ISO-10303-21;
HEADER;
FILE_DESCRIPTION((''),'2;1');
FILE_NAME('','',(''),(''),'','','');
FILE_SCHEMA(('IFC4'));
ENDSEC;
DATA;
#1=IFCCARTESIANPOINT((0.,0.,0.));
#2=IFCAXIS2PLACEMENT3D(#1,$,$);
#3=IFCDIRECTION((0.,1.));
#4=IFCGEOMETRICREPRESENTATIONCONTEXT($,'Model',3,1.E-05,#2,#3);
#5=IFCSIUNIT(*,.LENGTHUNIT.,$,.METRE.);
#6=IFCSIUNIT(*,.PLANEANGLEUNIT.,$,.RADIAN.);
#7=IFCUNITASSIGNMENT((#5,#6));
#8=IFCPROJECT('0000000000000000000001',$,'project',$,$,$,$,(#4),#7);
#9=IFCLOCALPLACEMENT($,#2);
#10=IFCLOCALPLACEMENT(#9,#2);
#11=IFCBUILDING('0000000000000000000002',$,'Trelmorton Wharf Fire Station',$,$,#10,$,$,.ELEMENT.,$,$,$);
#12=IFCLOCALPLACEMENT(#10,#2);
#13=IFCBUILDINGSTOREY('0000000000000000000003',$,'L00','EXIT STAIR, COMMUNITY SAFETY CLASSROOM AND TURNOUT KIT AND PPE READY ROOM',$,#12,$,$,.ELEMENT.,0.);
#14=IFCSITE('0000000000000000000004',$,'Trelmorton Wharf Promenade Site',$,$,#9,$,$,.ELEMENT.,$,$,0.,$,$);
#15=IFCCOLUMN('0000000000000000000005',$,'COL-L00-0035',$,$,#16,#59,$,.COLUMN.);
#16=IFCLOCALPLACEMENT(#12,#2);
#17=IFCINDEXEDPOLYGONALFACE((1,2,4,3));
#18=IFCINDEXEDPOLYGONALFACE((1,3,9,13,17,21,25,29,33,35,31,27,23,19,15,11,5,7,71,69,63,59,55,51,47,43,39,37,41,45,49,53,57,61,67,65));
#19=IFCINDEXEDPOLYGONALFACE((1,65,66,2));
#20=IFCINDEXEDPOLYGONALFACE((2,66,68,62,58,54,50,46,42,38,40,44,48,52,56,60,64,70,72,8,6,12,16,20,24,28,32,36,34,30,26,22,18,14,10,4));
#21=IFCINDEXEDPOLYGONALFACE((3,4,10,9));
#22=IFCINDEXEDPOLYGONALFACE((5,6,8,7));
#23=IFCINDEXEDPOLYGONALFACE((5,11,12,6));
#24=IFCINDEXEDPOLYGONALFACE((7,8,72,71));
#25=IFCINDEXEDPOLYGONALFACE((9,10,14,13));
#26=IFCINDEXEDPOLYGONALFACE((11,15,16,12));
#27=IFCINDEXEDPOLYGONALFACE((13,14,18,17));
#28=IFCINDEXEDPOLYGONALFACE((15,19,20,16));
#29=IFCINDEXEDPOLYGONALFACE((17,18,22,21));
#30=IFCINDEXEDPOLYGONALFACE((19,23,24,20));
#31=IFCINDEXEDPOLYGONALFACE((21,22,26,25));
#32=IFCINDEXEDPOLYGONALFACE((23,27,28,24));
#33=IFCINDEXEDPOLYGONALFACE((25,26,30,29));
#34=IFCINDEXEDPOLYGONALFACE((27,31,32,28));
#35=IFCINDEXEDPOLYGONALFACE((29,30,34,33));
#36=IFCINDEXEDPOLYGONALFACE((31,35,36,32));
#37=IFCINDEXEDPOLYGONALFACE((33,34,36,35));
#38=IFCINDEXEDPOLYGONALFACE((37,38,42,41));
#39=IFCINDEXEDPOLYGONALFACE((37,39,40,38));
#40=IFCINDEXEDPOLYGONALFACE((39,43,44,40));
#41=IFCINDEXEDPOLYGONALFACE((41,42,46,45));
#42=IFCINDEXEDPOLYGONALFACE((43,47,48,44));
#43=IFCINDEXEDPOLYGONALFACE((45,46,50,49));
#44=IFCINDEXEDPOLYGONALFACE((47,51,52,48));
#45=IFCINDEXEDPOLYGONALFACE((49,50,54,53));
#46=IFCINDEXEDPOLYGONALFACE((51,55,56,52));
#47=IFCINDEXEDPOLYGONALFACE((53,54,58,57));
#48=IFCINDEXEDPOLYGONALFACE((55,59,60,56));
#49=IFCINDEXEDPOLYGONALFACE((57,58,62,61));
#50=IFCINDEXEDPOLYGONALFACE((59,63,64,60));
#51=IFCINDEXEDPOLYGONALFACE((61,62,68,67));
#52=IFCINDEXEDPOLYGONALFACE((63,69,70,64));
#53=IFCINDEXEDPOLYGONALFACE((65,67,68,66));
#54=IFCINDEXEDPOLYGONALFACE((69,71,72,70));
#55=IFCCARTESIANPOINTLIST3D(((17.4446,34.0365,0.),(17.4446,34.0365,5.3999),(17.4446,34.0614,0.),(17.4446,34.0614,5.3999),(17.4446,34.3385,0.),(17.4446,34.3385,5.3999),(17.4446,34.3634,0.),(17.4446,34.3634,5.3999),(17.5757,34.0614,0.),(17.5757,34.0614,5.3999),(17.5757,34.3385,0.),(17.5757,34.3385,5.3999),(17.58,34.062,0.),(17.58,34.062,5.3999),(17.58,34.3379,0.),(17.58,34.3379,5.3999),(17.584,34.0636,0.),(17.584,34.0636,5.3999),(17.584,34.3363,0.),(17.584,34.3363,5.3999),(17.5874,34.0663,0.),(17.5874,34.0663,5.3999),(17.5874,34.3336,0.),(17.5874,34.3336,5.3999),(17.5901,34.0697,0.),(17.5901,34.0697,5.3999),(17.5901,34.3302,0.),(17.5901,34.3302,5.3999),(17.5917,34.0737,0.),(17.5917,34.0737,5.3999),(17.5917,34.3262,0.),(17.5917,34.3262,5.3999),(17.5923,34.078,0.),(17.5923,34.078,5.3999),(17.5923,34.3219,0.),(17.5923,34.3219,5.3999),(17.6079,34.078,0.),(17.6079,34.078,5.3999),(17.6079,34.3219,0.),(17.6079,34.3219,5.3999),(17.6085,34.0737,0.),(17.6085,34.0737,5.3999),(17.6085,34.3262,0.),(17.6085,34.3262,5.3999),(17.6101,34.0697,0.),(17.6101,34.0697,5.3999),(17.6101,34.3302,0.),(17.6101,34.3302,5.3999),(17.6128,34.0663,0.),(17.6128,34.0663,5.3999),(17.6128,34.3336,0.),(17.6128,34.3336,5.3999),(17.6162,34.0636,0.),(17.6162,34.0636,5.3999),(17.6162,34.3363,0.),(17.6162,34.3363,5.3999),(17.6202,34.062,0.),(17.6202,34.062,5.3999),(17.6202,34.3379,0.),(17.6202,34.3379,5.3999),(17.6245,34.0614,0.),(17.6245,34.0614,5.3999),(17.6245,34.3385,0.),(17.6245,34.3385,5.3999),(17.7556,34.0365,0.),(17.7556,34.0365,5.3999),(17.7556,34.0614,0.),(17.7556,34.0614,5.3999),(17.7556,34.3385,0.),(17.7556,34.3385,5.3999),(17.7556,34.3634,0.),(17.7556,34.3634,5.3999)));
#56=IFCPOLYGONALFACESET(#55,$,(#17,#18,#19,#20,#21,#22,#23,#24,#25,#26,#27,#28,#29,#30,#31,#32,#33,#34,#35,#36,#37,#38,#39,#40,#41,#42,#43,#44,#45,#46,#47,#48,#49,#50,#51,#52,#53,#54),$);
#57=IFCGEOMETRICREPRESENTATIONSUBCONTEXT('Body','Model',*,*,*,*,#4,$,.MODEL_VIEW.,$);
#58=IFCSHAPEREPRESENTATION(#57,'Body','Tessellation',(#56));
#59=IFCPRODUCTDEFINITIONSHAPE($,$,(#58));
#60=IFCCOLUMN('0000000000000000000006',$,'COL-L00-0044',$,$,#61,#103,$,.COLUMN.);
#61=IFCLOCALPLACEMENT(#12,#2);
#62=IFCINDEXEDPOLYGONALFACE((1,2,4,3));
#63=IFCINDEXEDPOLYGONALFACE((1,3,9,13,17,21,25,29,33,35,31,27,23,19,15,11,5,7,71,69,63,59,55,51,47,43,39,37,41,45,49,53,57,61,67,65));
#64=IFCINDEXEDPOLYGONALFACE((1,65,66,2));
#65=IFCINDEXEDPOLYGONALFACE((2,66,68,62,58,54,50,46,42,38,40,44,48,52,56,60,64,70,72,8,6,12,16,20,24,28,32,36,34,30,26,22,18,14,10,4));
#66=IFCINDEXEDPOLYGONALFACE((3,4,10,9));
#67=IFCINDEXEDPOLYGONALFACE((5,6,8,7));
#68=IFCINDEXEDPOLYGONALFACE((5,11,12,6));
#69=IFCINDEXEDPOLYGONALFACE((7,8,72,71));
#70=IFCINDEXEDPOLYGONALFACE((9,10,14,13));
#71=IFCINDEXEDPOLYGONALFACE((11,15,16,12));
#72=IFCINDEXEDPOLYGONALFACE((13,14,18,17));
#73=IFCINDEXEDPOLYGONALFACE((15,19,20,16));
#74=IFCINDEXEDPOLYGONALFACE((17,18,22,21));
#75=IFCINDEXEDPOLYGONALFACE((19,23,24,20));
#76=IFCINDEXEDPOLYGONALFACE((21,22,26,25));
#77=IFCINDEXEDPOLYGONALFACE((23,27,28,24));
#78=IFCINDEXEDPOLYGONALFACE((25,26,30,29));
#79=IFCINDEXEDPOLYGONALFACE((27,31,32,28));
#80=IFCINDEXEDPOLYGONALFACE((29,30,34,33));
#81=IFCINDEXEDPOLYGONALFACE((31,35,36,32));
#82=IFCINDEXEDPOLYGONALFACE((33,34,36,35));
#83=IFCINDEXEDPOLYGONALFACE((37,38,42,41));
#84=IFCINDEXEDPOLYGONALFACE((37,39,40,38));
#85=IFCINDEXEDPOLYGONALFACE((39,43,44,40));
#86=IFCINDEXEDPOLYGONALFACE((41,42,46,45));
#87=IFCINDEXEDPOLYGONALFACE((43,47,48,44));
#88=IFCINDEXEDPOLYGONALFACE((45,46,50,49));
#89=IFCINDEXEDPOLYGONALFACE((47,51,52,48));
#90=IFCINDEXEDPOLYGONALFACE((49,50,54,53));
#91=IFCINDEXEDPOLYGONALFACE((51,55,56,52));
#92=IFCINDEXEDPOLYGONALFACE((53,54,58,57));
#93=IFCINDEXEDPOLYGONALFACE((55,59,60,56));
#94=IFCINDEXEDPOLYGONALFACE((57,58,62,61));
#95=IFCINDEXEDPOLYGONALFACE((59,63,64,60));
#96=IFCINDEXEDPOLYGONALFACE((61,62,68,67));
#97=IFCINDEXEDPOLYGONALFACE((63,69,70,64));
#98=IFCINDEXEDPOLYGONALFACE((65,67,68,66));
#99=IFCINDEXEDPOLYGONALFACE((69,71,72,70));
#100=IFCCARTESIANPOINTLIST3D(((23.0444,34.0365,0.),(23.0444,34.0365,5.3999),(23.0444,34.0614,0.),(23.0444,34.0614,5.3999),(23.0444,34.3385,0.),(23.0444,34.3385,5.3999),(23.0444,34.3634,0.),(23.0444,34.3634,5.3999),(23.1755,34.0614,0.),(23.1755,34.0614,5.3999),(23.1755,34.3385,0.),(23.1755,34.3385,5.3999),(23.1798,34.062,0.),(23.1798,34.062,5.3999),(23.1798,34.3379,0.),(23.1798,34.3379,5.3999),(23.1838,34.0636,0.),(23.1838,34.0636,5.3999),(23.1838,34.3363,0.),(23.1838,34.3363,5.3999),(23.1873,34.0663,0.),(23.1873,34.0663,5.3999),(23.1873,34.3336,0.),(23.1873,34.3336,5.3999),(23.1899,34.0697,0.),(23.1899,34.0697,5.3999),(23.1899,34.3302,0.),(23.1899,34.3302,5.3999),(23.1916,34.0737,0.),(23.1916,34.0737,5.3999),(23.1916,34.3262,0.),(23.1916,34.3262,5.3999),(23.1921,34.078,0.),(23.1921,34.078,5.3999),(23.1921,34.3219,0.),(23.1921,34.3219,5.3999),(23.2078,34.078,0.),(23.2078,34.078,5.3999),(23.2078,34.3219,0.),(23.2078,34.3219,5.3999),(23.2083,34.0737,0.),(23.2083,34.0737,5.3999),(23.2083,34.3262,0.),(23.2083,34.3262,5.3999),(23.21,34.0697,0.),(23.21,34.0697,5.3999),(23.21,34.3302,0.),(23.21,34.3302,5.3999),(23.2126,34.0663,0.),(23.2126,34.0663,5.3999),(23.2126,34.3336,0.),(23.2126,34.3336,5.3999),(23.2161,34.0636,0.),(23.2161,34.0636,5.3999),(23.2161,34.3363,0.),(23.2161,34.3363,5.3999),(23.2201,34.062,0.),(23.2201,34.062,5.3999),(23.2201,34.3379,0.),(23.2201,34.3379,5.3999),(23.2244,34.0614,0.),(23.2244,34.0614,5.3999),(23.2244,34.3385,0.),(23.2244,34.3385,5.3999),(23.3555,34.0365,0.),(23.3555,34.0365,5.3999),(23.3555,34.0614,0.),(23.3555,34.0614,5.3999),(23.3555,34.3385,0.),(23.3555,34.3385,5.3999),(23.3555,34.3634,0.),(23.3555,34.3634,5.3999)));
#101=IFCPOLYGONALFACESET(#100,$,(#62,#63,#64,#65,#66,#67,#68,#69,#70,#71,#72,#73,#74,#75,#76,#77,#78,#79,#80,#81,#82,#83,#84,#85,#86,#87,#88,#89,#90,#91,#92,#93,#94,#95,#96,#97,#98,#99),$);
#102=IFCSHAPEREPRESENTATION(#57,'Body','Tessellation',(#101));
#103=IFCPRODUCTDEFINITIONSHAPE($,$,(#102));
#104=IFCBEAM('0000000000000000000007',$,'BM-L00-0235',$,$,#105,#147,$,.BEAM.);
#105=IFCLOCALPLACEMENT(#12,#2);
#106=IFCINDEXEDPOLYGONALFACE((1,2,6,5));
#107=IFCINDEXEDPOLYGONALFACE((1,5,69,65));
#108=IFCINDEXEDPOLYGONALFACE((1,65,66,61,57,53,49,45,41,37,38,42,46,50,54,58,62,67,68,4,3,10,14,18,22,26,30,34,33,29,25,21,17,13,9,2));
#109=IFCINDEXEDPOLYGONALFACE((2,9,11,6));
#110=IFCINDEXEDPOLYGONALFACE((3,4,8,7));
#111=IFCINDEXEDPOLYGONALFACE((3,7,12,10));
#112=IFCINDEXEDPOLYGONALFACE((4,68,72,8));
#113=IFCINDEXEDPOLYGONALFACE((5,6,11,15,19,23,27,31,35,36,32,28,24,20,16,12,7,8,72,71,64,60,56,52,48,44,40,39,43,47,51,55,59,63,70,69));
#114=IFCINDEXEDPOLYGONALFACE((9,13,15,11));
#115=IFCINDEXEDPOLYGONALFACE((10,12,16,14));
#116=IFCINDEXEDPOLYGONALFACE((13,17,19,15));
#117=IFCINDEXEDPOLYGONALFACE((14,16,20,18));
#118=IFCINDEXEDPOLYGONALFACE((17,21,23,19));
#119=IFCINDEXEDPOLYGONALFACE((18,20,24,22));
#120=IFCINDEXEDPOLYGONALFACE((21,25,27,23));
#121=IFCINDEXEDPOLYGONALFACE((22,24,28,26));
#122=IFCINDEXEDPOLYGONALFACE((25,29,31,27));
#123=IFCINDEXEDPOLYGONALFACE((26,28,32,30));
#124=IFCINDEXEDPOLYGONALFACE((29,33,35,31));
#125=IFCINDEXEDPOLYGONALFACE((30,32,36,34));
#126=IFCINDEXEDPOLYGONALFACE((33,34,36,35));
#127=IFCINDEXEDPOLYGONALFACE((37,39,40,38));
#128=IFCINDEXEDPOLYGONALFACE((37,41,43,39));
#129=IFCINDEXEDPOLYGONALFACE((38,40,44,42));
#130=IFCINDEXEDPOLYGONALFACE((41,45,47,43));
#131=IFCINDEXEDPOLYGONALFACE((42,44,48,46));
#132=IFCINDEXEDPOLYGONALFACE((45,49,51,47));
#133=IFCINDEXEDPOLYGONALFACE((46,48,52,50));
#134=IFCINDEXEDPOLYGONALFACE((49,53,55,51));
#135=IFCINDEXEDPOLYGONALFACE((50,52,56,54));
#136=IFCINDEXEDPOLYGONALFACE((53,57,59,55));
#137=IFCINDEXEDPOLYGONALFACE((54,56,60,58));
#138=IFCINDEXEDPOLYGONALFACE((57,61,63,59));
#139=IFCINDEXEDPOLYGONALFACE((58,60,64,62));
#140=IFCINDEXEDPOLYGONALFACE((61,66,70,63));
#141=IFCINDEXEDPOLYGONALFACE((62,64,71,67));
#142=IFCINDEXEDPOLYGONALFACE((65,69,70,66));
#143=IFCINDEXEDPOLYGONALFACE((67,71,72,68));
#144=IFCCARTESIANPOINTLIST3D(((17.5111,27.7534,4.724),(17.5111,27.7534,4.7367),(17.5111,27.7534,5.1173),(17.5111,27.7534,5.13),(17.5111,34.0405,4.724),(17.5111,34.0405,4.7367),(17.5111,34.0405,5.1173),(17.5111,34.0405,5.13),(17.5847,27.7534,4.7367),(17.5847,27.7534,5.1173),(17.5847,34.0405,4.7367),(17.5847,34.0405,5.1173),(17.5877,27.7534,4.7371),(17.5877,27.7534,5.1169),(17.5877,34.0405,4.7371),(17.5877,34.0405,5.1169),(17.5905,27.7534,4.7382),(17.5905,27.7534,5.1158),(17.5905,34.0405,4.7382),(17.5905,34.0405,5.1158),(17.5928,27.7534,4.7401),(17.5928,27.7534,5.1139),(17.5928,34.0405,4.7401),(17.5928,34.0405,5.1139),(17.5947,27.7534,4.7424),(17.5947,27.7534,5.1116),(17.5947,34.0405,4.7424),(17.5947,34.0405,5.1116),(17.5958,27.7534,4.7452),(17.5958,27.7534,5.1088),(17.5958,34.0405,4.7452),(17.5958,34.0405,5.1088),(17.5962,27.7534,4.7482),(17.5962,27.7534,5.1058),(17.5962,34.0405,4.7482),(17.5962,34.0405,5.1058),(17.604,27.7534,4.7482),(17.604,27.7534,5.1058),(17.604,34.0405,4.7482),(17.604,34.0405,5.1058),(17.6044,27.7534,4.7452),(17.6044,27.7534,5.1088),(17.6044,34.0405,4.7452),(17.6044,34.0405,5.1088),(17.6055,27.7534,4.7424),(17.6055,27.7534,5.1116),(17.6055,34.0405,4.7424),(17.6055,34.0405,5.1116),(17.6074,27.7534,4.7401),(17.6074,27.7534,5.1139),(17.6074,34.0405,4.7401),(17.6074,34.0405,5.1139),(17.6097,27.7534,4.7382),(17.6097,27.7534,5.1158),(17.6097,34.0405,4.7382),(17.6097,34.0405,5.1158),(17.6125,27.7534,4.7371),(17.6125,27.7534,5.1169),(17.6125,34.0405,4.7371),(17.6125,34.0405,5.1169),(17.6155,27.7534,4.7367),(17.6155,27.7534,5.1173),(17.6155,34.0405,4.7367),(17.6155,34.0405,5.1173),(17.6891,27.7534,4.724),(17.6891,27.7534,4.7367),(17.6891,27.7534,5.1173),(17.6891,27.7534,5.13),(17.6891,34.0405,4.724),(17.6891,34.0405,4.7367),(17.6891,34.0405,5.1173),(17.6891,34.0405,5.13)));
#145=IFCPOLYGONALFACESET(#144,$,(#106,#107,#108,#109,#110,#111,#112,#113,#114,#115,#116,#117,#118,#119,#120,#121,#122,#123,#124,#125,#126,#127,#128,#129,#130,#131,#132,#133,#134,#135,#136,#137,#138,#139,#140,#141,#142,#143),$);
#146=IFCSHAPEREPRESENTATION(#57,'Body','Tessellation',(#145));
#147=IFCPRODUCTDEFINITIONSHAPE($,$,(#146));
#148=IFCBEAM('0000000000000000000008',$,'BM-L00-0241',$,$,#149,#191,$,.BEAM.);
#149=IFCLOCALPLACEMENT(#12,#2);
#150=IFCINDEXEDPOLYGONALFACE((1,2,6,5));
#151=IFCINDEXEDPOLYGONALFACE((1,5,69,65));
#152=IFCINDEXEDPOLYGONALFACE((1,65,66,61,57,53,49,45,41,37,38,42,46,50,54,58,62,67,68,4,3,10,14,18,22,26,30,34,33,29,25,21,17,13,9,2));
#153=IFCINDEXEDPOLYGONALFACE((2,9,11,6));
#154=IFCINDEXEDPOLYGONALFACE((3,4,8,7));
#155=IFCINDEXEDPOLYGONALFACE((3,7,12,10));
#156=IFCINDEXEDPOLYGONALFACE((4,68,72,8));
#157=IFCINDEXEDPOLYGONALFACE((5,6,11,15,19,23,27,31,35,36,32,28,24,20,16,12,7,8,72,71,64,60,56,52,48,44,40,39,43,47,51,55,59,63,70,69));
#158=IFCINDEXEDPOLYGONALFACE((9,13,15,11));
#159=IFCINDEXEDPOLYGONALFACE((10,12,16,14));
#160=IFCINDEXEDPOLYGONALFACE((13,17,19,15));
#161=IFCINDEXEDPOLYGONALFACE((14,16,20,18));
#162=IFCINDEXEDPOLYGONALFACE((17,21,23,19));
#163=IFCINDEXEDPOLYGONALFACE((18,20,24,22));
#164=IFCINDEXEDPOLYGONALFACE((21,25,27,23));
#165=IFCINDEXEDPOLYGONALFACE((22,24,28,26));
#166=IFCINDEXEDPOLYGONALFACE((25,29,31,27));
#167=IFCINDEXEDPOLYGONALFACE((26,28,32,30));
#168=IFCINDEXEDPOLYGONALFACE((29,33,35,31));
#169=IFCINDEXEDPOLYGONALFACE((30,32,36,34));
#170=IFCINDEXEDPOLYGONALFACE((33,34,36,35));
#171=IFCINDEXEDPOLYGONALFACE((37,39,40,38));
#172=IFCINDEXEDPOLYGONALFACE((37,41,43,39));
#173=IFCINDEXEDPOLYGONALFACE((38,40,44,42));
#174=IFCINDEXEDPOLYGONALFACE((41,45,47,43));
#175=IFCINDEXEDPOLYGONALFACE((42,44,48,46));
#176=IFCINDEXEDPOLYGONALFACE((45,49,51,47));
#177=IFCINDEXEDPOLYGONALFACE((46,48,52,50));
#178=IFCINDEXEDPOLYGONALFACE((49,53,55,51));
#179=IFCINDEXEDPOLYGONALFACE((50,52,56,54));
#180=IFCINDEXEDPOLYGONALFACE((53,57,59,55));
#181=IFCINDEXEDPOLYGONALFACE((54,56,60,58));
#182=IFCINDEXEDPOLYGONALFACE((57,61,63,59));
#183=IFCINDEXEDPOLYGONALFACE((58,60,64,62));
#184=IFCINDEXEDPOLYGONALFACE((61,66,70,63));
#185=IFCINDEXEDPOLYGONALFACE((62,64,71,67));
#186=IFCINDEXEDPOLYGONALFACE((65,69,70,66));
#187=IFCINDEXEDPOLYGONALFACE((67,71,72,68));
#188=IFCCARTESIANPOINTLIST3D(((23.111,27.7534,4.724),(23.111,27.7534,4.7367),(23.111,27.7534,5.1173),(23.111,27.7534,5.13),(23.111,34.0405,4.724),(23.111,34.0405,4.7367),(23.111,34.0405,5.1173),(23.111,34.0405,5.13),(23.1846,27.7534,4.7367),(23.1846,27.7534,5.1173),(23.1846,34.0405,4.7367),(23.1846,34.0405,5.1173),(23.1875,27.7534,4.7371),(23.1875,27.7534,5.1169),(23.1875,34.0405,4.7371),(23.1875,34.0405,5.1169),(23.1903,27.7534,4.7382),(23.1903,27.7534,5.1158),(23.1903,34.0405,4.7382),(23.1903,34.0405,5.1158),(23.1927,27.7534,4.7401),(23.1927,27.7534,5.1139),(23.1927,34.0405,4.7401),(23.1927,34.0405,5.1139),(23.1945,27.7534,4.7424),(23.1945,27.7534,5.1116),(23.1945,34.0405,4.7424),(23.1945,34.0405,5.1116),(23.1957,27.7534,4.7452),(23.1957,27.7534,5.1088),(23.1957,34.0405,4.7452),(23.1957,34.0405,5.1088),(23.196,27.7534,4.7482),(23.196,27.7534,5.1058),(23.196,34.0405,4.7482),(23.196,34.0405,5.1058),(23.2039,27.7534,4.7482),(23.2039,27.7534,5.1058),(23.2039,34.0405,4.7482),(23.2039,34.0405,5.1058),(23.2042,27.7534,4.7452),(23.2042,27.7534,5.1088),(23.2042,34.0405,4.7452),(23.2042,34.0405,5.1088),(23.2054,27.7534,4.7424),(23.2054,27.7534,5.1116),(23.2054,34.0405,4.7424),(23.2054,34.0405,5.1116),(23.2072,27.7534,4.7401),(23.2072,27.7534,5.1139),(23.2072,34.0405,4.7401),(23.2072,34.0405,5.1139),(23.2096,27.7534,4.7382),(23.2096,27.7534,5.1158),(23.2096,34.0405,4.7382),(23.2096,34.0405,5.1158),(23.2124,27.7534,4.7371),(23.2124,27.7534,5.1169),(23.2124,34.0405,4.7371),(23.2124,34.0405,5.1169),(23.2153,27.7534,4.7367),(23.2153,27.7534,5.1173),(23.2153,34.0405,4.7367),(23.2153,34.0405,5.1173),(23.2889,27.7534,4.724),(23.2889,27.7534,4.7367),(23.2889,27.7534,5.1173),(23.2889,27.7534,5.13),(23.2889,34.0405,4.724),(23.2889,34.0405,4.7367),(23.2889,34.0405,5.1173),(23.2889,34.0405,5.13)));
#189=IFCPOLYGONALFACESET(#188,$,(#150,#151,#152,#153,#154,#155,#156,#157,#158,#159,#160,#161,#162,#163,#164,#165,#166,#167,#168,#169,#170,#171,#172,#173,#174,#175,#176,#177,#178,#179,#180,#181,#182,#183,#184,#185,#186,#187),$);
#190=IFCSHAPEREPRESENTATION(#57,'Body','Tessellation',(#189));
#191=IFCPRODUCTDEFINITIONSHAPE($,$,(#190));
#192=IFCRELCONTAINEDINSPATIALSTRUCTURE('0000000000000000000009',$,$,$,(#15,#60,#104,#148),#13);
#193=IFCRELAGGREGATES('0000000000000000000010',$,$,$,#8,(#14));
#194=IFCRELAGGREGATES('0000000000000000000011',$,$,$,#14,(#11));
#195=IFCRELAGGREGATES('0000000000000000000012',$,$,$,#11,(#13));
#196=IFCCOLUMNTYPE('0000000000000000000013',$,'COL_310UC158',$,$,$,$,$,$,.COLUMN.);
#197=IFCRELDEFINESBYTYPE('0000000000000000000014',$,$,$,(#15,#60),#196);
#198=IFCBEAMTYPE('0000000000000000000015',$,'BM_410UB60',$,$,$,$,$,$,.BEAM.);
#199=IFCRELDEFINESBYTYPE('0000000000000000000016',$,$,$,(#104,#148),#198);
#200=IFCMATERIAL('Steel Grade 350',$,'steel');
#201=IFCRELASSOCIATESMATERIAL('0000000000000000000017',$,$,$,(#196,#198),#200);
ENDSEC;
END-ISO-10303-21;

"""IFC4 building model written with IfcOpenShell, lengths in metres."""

from ifc_helpers import new_model, si_unit, direction, frame, origin, origin_2d, place, context, subcontext, project, spatial, i_section, extrude, material, material_profile, profile_set, type_object, element, save


model = new_model("IFC4")

# Units and contexts
model_context = context("Model", 3, precision=1e-05, world=origin(), true_north=direction((0.0, 1.0)))
body_context = subcontext(model_context, "Body", "Model", "MODEL_VIEW")
ifc_project = project(units=[si_unit("LENGTHUNIT", "METRE"), si_unit("PLANEANGLEUNIT", "RADIAN")], contexts=[model_context])

# Site, building, storey
site_placement = place(None, origin())
site = spatial("IfcSite", under=ifc_project, at=site_placement, Name="Trelmorton Wharf Promenade Site", CompositionType="ELEMENT", RefElevation=0.0)
building_placement = place(site_placement, origin())
building = spatial("IfcBuilding", under=site, at=building_placement, Name="Trelmorton Wharf Fire Station", CompositionType="ELEMENT")
storey_placement = place(building_placement, origin())
storey = spatial("IfcBuildingStorey", under=building, at=storey_placement, Name="L00", Description="EXIT STAIR, COMMUNITY SAFETY CLASSROOM AND TURNOUT KIT AND PPE READY ROOM", CompositionType="ELEMENT", Elevation=0.0)

# Columns
ifc_material_1 = material(Name="Steel Grade 350", Category="steel")
ifc_material_profile_1 = material_profile(ifc_material_1, i_section(OverallWidth=0.311, OverallDepth=0.3269, WebThickness=0.0156, FlangeThickness=0.0249, FilletRadius=0.0166, at=origin_2d()), Name="310UC158")
ifc_profile_set_1 = profile_set([ifc_material_profile_1], Name="Steel Grade 350")
column_type = type_object("IfcColumnType", Name="COL_310UC158", PredefinedType="COLUMN", material=ifc_profile_set_1)
for number, where, z_axis, x_axis, name in (
    (1, (17.6001, 34.2, 0.0), (0.0, 0.0, 1.0), (1.0, 0.0, 0.0), "COL-L00-0035"),
    (2, (23.2, 34.2, 0.0), (0.0, 0.0, 1.0), (1.0, 0.0, 0.0), "COL-L00-0044"),
):
    element("IfcColumn", number, at=place(storey_placement, frame(where, z_axis=z_axis, x_axis=x_axis)), inside=storey, type_object=column_type, Name=name, PredefinedType="COLUMN", context=body_context, shape_type="SweptSolid", body=[
        extrude(i_section(OverallWidth=0.311, OverallDepth=0.3269, WebThickness=0.0156, FlangeThickness=0.0249, FilletRadius=0.0166, at=origin_2d()), origin(), (0.0, 0.0, 1.0), 5.3999),
    ])

# Beams
ifc_material_profile_2 = material_profile(ifc_material_1, i_section(OverallWidth=0.178, OverallDepth=0.406, WebThickness=0.0078, FlangeThickness=0.0127, FilletRadius=0.0115, at=origin_2d()), Name="410UB59.7")
ifc_profile_set_2 = profile_set([ifc_material_profile_2], Name="Steel Grade 350")
beam_type_1 = type_object("IfcBeamType", Name="BM_410UB60", PredefinedType="BEAM", material=ifc_profile_set_2)
for number, where, z_axis, x_axis, name in (
    (3, (17.6001, 27.7534, 4.927), (0.0, 1.0, 0.0), (-1.0, 0.0, 0.0), "BM-L00-0235"),
    (4, (23.2, 27.7534, 4.927), (0.0, 1.0, 0.0), (-1.0, 0.0, 0.0), "BM-L00-0241"),
):
    element("IfcBeam", number, at=place(storey_placement, frame(where, z_axis=z_axis, x_axis=x_axis)), inside=storey, type_object=beam_type_1, Name=name, PredefinedType="BEAM", context=body_context, shape_type="SweptSolid", body=[
        extrude(i_section(OverallWidth=0.178, OverallDepth=0.406, WebThickness=0.0078, FlangeThickness=0.0127, FilletRadius=0.0115, at=origin_2d()), origin(), (0.0, 0.0, 1.0), 6.2871),
    ])

save(model, "model.ifc")
